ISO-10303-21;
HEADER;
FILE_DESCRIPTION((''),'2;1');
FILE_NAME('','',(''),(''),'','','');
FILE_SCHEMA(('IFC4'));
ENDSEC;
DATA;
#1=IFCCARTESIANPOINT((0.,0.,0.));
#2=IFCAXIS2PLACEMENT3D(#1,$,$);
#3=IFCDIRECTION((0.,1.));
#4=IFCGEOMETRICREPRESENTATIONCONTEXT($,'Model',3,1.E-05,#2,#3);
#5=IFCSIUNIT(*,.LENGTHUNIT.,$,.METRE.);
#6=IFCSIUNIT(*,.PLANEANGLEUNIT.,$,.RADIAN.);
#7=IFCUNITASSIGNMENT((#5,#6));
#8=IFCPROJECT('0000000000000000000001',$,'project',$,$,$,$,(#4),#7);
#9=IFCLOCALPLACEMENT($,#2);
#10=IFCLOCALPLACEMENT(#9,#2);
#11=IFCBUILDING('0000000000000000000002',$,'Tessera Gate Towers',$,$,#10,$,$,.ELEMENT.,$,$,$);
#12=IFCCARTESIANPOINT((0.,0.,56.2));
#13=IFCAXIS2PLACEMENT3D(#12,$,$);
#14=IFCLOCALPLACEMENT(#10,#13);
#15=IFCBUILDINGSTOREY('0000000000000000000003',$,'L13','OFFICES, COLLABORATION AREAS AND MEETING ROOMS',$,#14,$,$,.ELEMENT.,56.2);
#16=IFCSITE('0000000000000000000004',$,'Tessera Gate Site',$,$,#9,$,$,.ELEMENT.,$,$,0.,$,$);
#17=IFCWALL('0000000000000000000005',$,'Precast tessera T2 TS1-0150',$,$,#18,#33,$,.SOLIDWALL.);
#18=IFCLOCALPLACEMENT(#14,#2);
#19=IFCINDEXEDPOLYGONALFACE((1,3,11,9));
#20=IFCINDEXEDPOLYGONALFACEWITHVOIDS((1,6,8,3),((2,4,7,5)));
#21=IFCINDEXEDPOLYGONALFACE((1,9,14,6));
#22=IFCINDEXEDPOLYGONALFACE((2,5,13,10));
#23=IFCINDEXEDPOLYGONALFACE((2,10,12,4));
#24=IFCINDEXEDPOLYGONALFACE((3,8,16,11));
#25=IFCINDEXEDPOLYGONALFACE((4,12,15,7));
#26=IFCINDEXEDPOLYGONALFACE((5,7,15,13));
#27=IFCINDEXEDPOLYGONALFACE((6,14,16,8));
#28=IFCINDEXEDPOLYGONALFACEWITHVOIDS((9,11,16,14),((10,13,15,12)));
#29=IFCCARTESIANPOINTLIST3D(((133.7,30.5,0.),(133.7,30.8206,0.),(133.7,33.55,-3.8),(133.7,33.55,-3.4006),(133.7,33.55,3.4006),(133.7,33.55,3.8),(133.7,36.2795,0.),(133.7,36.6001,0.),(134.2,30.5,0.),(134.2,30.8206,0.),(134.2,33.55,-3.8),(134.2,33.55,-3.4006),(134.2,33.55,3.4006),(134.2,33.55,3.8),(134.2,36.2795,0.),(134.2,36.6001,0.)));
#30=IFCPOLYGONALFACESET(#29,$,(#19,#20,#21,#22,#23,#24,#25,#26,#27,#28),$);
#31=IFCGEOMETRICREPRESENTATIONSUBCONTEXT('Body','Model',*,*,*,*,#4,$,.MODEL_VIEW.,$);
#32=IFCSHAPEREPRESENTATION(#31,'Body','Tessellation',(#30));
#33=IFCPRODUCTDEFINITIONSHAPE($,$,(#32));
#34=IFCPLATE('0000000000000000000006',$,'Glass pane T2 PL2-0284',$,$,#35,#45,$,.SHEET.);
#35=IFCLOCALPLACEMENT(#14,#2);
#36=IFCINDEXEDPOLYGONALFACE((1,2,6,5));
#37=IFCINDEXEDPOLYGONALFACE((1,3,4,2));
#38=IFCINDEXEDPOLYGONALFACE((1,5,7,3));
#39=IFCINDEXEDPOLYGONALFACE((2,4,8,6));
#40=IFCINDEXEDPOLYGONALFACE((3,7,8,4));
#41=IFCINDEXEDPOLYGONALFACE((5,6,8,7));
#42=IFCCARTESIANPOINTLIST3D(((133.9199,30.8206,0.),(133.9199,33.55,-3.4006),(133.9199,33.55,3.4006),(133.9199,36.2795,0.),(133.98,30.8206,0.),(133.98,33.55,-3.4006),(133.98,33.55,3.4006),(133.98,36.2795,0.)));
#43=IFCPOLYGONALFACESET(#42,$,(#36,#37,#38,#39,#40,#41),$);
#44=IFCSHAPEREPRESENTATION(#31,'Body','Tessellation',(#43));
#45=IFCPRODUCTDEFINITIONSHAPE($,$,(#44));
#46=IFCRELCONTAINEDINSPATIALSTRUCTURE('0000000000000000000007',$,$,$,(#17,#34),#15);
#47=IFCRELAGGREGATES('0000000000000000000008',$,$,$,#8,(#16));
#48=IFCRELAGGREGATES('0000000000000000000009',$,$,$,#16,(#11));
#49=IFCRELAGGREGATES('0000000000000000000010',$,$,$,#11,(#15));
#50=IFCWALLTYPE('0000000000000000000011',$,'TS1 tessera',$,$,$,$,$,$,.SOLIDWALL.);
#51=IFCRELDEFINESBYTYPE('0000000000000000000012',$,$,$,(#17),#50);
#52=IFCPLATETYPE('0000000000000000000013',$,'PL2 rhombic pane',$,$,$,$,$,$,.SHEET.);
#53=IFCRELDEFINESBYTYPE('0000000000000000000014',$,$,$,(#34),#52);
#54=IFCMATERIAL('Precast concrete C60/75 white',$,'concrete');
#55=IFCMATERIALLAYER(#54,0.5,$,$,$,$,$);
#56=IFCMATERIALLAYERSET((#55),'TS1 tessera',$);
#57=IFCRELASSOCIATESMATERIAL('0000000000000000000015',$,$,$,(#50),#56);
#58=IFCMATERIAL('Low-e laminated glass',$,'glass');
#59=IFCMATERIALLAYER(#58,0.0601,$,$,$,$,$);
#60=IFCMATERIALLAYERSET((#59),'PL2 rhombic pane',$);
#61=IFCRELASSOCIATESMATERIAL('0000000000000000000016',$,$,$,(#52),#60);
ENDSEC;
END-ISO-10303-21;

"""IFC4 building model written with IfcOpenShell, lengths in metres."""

from ifc_helpers import new_model, si_unit, direction, frame, origin, place, context, subcontext, project, spatial, polyline, outline, extrude, source, transform, mapped, material, layer, layer_set, type_object, element, fill, save


model = new_model("IFC4")

# Units and contexts
model_context = context("Model", 3, precision=1e-05, world=origin(), true_north=direction((0.0, 1.0)))
body_context = subcontext(model_context, "Body", "Model", "MODEL_VIEW")
ifc_project = project(units=[si_unit("LENGTHUNIT", "METRE"), si_unit("PLANEANGLEUNIT", "RADIAN")], contexts=[model_context])

# Site, building, storey
site_placement = place(None, origin())
site = spatial("IfcSite", under=ifc_project, at=site_placement, Name="Tessera Gate Site", CompositionType="ELEMENT", RefElevation=0.0)
building_placement = place(site_placement, origin())
building = spatial("IfcBuilding", under=site, at=building_placement, Name="Tessera Gate Towers", CompositionType="ELEMENT")
storey_placement = place(building_placement, frame((0.0, 0.0, 56.2)))
storey = spatial("IfcBuildingStorey", under=building, at=storey_placement, Name="L13", Description="OFFICES, COLLABORATION AREAS AND MEETING ROOMS", CompositionType="ELEMENT", Elevation=56.2)

# Wall, opening, plate
ifc_material_1 = material(Name="Precast concrete C60/75 white", Category="concrete")
ifc_layer_1 = layer(ifc_material_1, 0.5)
ifc_layer_set_1 = layer_set([ifc_layer_1], Name="TS1 tessera")
wall_type_1 = type_object("IfcWallType", Name="TS1 tessera", PredefinedType="SOLIDWALL", material=ifc_layer_set_1)
shared_shape_1 = source(origin(), body_context, "Body", "SweptSolid", [
    extrude(outline(polyline([(3.05, 0.0), (6.1001, 3.8), (3.05, 7.6001), (0.0, 3.8), (3.05, 0.0)])), frame((0.0, 0.25, 0.0), z_axis=(0.0, -1.0, 0.0), x_axis=(1.0, 0.0, 0.0)), (0.0, 0.0, 1.0), 0.5),
])
wall_1_placement = place(storey_placement, frame((133.95, 30.5, -3.8), z_axis=(0.0, 0.0, 1.0), x_axis=(0.0, 1.0, 0.0)))
wall_1 = element("IfcWall", 1, at=wall_1_placement, inside=storey, type_object=wall_type_1, Name="Precast tessera T2 TS1-0150", PredefinedType="SOLIDWALL", context=body_context, shape_type="MappedRepresentation", body=[
    mapped(shared_shape_1, transform((0.0, 0.0, 0.0), scale=1.0)),
])
shared_shape_2 = source(origin(), body_context, "Body", "SweptSolid", [
    extrude(outline(polyline([(3.05, 0.3994), (5.7795, 3.8), (3.05, 7.2007), (0.3206, 3.8), (3.05, 0.3994)])), frame((0.0, 0.26, 0.0), z_axis=(0.0, -1.0, 0.0), x_axis=(1.0, 0.0, 0.0)), (0.0, 0.0, 1.0), 0.52),
])
opening_1_placement = place(wall_1_placement, origin())
opening_1 = element("IfcOpeningElement", 2, at=opening_1_placement, cuts=wall_1, PredefinedType="OPENING", context=body_context, shape_type="MappedRepresentation", body=[
    mapped(shared_shape_2, transform((0.0, 0.0, 0.0), scale=1.0)),
])
ifc_material_2 = material(Name="Low-e laminated glass", Category="glass")
ifc_layer_2 = layer(ifc_material_2, 0.0601)
ifc_layer_set_2 = layer_set([ifc_layer_2], Name="PL2 rhombic pane")
plate_type = type_object("IfcPlateType", Name="PL2 rhombic pane", PredefinedType="SHEET", material=ifc_layer_set_2)
shared_shape_3 = source(origin(), body_context, "Body", "SweptSolid", [
    extrude(outline(polyline([(3.05, 0.3994), (5.7795, 3.8), (3.05, 7.2007), (0.3206, 3.8), (3.05, 0.3994)])), frame((0.0, 0.03, 0.0), z_axis=(0.0, -1.0, 0.0), x_axis=(1.0, 0.0, 0.0)), (0.0, 0.0, 1.0), 0.0601),
])
plate_placement = place(opening_1_placement, origin())
plate = element("IfcPlate", 3, at=plate_placement, inside=storey, type_object=plate_type, Name="Glass pane T2 PL2-0284", PredefinedType="SHEET", context=body_context, shape_type="MappedRepresentation", body=[
    mapped(shared_shape_3, transform((0.0, 0.0, 0.0), scale=1.0)),
])
fill(opening_1, plate)

save(model, "model.ifc")
